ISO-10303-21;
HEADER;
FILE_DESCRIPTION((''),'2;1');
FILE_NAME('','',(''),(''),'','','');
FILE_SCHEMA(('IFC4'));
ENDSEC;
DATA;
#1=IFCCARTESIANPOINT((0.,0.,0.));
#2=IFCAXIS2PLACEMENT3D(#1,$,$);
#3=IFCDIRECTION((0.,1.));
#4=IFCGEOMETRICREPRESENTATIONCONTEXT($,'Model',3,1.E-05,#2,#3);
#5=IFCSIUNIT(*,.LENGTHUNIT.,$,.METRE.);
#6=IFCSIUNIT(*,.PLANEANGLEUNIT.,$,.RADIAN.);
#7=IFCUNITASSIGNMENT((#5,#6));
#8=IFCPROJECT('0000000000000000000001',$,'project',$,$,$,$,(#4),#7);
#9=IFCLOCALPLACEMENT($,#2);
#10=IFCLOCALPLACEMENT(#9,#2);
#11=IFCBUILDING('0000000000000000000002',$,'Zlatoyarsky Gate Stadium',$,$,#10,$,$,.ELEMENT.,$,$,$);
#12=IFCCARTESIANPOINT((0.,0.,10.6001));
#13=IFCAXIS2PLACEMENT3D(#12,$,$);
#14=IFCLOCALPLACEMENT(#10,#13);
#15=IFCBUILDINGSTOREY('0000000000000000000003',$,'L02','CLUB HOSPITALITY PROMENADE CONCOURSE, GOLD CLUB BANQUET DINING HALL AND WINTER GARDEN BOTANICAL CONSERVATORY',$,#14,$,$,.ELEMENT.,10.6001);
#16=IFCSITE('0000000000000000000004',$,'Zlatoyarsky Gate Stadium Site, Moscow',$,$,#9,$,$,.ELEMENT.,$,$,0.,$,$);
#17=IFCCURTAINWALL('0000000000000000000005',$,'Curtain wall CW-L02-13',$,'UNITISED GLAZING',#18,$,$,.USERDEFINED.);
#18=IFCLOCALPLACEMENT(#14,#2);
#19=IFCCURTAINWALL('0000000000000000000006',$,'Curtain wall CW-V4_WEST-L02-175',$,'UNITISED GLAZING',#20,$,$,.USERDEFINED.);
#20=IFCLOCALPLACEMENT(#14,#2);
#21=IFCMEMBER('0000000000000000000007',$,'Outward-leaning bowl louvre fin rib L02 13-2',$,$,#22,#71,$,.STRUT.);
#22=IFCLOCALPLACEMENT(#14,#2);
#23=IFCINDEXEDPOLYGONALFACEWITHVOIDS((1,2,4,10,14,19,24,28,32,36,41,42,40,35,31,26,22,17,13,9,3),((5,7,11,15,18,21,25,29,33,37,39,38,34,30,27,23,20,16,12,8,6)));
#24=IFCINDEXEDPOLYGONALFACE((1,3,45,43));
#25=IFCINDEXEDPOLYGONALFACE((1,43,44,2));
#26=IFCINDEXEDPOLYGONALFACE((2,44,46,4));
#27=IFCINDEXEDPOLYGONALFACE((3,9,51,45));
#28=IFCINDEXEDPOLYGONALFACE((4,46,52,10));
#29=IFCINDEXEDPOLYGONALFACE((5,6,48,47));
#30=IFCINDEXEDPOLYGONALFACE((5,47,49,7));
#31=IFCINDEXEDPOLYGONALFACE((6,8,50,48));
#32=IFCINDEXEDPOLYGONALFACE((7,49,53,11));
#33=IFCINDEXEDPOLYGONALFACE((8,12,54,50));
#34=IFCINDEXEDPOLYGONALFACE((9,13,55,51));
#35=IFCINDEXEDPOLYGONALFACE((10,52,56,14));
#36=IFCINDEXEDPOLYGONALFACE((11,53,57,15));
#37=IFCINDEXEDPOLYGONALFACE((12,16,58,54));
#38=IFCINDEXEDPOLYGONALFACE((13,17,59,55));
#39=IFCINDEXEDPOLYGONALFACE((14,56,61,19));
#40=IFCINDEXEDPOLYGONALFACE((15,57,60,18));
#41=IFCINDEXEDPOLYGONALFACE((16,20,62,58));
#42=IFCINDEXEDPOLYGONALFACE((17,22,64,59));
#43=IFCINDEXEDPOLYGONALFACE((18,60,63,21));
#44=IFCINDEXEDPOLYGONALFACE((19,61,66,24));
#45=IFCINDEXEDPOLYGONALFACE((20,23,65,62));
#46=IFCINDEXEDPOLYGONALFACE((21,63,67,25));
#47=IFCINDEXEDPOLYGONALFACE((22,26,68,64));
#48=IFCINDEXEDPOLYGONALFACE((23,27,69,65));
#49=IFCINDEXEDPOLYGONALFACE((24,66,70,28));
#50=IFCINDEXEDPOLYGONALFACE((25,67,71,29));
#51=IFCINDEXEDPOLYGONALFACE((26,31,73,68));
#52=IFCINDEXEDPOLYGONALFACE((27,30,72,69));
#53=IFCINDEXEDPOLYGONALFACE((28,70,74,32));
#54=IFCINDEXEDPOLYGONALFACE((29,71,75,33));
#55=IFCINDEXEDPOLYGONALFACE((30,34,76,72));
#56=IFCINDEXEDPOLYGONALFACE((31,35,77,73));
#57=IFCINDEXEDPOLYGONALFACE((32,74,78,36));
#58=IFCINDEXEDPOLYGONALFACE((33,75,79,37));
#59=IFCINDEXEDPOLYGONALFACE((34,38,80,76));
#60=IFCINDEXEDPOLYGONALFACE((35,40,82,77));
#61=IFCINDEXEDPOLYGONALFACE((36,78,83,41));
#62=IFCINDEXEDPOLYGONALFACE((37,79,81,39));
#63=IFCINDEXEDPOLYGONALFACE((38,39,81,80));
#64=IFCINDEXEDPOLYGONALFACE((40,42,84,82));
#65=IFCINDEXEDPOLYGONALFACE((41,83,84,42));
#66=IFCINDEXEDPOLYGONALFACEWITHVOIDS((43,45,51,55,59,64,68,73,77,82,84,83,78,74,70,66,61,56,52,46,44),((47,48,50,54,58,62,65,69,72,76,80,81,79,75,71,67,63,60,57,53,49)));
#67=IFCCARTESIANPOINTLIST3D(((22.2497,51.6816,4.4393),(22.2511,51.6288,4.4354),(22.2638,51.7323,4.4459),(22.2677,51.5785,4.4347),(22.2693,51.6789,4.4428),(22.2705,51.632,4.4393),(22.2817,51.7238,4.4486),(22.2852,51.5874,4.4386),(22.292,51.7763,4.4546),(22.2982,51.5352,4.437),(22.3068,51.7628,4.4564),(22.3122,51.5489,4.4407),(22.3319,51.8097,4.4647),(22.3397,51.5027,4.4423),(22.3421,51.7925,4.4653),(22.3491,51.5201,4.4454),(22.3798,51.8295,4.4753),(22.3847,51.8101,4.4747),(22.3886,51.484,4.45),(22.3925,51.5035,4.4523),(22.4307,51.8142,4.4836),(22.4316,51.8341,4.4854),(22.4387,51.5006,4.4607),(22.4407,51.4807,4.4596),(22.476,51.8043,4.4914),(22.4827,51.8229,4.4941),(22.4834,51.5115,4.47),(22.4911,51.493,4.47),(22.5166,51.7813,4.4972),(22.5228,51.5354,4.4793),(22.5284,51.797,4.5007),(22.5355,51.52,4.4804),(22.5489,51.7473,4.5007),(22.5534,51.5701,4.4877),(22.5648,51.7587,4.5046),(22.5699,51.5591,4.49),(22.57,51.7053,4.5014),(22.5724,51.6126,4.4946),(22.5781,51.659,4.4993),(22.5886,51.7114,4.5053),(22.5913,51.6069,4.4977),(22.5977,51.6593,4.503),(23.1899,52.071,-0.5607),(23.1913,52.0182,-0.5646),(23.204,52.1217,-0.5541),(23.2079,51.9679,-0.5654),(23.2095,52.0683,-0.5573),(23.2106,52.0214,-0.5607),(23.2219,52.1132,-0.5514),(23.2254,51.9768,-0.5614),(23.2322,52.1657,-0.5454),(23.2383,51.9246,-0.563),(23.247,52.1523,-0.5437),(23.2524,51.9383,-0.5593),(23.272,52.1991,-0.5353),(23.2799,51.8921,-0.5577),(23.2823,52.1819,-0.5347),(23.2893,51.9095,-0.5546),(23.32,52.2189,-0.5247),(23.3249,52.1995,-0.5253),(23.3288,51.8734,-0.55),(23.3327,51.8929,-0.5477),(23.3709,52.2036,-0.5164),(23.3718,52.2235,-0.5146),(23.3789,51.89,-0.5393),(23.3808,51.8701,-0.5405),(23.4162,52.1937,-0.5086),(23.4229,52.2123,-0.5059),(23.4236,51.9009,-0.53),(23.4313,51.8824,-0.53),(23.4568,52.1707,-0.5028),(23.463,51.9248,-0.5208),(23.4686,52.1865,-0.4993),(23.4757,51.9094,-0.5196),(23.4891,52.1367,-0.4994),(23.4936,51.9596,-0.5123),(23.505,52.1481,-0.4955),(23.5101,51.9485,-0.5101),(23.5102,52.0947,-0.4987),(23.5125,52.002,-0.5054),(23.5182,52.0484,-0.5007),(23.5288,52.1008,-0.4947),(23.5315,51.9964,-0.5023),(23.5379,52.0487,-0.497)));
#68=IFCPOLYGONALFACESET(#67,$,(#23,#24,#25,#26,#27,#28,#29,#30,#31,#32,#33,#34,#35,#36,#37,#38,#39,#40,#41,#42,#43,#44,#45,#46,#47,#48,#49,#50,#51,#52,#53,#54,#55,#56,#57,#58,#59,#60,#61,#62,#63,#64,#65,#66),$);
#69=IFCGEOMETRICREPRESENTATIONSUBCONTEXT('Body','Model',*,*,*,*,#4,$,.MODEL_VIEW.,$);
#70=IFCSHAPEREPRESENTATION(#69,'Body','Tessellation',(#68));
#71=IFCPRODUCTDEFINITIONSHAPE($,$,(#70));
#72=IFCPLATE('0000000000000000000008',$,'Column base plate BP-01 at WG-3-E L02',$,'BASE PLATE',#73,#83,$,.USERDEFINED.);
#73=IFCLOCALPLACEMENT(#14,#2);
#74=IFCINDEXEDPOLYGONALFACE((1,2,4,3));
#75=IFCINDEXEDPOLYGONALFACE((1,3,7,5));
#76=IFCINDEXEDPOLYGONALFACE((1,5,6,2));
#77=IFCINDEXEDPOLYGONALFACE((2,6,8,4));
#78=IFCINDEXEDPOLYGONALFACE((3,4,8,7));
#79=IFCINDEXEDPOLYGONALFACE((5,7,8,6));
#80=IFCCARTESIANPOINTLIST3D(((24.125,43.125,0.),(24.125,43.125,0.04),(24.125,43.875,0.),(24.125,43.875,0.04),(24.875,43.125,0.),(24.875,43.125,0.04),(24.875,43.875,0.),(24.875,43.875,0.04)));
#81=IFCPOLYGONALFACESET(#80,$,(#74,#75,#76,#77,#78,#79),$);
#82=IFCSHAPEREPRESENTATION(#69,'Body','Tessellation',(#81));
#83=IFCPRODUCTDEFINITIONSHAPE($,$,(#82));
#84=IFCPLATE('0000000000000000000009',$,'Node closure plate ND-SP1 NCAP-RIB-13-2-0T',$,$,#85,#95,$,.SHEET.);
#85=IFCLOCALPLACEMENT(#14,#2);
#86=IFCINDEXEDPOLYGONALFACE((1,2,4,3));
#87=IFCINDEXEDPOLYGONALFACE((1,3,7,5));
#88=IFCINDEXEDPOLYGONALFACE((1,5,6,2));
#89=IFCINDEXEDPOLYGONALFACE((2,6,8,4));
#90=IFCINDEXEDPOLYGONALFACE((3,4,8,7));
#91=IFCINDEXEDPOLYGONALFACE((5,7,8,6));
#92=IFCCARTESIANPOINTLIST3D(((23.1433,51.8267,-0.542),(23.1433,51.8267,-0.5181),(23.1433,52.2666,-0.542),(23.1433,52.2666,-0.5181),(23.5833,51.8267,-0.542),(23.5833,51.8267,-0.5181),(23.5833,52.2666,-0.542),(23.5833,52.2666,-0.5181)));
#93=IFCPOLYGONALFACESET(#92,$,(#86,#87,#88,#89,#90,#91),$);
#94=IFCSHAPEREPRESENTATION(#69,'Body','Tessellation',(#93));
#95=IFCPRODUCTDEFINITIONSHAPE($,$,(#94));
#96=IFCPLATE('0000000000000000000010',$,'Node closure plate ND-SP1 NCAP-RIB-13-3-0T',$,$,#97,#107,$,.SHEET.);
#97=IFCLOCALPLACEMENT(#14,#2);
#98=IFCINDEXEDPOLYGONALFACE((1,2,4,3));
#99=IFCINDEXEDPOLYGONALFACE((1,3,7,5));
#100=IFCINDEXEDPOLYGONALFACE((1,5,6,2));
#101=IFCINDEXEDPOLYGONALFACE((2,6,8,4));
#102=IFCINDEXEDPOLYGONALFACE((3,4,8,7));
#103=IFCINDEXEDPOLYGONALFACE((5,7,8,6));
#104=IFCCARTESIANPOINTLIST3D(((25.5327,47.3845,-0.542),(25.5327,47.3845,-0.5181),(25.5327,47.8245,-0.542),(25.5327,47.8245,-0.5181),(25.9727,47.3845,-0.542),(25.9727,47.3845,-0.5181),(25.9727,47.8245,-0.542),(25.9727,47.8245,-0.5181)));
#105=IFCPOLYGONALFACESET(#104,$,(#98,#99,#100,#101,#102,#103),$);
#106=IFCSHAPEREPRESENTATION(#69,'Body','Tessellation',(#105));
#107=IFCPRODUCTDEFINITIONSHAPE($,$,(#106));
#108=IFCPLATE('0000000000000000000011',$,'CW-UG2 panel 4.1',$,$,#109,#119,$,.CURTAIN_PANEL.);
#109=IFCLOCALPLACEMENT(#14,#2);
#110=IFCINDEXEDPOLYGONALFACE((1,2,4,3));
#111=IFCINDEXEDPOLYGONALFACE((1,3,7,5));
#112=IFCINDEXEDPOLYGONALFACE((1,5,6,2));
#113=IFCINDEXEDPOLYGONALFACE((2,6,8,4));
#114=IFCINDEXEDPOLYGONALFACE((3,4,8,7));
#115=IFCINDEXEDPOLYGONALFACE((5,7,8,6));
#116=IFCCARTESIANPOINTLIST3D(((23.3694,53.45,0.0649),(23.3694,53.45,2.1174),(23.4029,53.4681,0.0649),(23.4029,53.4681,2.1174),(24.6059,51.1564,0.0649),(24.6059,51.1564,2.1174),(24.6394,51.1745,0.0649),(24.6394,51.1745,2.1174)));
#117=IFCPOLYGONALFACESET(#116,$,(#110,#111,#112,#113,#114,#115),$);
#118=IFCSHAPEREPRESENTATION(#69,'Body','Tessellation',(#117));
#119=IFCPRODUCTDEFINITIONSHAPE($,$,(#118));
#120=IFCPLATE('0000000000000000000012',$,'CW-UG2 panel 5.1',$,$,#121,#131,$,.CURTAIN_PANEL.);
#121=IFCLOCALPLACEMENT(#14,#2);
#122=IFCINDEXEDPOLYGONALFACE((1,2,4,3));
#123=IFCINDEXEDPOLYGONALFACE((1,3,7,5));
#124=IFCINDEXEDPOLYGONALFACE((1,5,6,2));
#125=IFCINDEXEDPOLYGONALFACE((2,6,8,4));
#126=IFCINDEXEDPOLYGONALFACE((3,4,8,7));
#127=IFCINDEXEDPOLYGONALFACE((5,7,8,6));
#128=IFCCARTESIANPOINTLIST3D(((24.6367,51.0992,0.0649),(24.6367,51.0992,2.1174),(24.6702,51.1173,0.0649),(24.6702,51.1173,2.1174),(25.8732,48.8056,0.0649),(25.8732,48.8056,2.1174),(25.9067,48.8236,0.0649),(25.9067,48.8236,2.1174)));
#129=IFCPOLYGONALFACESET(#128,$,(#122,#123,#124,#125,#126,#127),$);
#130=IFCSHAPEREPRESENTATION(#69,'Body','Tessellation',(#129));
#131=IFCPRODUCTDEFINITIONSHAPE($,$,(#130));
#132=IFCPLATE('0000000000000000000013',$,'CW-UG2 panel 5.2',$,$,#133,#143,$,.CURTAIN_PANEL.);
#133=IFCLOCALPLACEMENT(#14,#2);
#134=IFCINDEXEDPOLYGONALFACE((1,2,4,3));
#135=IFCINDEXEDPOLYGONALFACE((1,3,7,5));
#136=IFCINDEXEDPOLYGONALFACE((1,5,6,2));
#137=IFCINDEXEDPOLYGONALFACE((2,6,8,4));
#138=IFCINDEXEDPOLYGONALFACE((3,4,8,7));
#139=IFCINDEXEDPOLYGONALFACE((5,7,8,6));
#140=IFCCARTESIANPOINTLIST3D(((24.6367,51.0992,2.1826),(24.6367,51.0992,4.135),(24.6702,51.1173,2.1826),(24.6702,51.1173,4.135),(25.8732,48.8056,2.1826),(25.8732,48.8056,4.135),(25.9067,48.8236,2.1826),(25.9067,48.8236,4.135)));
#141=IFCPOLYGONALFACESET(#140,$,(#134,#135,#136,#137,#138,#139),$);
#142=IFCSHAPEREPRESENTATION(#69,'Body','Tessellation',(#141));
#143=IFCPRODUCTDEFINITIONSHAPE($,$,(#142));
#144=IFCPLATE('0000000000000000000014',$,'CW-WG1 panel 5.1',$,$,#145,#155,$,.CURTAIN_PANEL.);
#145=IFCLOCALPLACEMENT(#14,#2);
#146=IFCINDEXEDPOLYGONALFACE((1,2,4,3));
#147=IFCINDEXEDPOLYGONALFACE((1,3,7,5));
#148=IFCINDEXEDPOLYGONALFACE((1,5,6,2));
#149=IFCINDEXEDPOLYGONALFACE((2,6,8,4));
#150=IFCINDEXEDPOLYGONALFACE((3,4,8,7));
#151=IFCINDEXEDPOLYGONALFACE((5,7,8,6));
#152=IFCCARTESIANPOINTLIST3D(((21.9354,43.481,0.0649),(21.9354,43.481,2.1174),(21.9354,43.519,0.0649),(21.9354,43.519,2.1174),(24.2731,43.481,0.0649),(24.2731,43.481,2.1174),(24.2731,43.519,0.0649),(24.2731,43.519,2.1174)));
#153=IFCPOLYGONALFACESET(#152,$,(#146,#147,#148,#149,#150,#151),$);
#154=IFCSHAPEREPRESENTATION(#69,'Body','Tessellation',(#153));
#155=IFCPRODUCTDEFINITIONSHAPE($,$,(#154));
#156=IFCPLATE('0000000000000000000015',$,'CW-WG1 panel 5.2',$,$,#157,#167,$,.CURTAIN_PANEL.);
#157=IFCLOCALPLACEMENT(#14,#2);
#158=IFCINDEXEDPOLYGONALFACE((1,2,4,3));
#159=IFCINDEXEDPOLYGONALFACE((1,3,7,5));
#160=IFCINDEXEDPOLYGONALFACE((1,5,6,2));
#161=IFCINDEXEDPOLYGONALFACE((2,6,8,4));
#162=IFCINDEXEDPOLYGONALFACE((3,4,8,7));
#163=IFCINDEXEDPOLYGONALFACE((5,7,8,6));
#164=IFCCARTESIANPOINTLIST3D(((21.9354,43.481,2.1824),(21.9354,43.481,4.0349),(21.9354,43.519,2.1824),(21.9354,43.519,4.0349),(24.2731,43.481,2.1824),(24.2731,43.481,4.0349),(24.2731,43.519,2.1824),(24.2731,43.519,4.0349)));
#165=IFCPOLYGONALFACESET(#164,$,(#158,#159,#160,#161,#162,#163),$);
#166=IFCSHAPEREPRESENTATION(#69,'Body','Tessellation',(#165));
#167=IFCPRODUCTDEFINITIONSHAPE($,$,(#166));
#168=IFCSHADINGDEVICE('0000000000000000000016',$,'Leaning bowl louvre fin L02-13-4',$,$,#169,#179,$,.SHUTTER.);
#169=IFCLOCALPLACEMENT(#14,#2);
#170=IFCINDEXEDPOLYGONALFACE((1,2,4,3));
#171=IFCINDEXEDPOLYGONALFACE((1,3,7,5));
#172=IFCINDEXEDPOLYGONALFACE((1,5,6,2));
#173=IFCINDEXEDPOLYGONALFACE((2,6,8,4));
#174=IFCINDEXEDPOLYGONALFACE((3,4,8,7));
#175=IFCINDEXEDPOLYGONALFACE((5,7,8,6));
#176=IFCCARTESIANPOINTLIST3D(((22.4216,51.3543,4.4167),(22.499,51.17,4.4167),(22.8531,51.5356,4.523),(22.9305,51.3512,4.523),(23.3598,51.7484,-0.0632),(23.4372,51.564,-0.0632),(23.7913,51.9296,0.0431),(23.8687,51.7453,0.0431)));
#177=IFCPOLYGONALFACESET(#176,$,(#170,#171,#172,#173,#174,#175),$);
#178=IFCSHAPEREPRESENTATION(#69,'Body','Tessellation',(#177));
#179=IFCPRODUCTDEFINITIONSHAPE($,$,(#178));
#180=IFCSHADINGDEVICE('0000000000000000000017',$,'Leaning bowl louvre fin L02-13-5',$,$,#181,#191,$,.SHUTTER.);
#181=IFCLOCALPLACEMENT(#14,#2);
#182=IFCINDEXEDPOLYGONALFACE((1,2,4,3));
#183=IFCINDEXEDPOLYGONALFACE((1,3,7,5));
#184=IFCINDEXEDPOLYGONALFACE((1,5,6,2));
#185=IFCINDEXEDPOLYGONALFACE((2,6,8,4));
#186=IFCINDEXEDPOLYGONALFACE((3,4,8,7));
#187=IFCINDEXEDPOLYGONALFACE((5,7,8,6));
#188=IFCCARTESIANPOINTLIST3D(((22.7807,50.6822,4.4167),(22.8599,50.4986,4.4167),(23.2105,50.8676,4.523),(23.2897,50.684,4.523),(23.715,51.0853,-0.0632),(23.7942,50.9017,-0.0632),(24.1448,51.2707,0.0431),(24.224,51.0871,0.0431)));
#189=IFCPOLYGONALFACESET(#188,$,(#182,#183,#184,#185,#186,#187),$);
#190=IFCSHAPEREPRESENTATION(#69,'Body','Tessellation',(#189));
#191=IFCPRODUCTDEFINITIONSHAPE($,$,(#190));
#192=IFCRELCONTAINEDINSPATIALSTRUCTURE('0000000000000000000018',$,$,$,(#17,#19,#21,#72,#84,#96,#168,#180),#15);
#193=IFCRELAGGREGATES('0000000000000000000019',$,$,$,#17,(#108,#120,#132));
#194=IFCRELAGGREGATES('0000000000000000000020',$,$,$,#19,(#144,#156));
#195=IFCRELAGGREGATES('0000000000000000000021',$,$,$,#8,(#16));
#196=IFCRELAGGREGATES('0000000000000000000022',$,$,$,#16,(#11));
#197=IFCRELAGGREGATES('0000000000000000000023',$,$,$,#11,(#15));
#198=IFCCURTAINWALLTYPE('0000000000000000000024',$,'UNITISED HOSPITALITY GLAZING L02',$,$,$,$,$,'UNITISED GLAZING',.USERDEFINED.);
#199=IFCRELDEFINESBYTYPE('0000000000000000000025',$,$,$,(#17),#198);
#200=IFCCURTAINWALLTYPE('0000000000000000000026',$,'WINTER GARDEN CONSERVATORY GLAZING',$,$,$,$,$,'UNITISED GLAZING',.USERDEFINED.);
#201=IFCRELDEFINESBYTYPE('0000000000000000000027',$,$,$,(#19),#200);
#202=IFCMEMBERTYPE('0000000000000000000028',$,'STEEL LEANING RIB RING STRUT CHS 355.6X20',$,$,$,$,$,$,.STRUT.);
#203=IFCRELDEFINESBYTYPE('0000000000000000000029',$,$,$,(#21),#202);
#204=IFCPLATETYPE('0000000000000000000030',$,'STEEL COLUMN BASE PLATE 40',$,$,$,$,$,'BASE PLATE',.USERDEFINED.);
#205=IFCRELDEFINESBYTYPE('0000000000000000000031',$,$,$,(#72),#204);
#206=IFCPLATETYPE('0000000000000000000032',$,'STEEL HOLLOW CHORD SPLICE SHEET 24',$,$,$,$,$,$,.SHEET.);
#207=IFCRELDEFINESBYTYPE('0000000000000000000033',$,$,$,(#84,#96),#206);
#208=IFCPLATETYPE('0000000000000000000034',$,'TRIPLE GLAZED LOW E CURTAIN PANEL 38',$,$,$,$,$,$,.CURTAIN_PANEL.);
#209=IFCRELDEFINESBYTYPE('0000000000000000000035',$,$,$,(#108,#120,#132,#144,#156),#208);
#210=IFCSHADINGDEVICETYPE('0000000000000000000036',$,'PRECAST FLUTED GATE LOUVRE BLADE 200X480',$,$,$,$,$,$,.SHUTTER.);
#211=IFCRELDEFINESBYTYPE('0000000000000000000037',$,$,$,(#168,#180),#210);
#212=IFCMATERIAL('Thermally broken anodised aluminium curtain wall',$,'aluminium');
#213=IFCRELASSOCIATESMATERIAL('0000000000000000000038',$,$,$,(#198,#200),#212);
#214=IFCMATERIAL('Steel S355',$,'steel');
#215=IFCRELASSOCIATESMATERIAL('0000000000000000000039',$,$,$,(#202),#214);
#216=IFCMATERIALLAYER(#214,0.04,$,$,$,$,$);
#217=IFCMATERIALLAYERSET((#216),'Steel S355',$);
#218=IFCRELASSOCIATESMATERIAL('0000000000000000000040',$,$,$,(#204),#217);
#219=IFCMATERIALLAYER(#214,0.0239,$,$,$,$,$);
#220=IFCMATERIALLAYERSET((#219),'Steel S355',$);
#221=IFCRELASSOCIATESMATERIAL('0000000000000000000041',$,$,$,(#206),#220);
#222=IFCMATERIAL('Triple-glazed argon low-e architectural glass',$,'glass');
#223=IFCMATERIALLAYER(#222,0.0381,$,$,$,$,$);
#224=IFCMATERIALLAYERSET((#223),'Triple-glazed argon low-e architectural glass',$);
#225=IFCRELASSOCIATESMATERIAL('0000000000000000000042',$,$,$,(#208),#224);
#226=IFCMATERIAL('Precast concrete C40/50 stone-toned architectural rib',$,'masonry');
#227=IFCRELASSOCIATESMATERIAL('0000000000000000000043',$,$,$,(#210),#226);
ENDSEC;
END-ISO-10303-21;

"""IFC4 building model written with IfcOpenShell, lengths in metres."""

from ifc_helpers import new_model, si_unit, direction, frame, origin, origin_2d, place, context, subcontext, project, spatial, rectangle, hollow_circle, extrude, material, layer, layer_set, material_profile, profile_set, type_object, element, aggregate, save


model = new_model("IFC4")

# Units and contexts
model_context = context("Model", 3, precision=1e-05, world=origin(), true_north=direction((0.0, 1.0)))
body_context = subcontext(model_context, "Body", "Model", "MODEL_VIEW")
ifc_project = project(units=[si_unit("LENGTHUNIT", "METRE"), si_unit("PLANEANGLEUNIT", "RADIAN")], contexts=[model_context])

# Site, building, storey
site_placement = place(None, origin())
site = spatial("IfcSite", under=ifc_project, at=site_placement, Name="Zlatoyarsky Gate Stadium Site, Moscow", CompositionType="ELEMENT", RefElevation=0.0)
building_placement = place(site_placement, origin())
building = spatial("IfcBuilding", under=site, at=building_placement, Name="Zlatoyarsky Gate Stadium", CompositionType="ELEMENT")
storey_placement = place(building_placement, frame((0.0, 0.0, 10.6001)))
storey = spatial("IfcBuildingStorey", under=building, at=storey_placement, Name="L02", Description="CLUB HOSPITALITY PROMENADE CONCOURSE, GOLD CLUB BANQUET DINING HALL AND WINTER GARDEN BOTANICAL CONSERVATORY", CompositionType="ELEMENT", Elevation=10.6001)

# Shared definitions
ifc_material_1 = material(Name="Steel S355", Category="steel")

# Curtain wall
ifc_material_2 = material(Name="Thermally broken anodised aluminium curtain wall", Category="aluminium")
curtain_wall_type_1 = type_object("IfcCurtainWallType", Name="UNITISED HOSPITALITY GLAZING L02", ElementType="UNITISED GLAZING", PredefinedType="USERDEFINED", material=ifc_material_2)
curtain_wall_1_placement = place(storey_placement, origin())
curtain_wall_1 = element("IfcCurtainWall", 1, at=curtain_wall_1_placement, inside=storey, type_object=curtain_wall_type_1, Name="Curtain wall CW-L02-13", ObjectType="UNITISED GLAZING", PredefinedType="USERDEFINED")

# Curtain wall
curtain_wall_type_2 = type_object("IfcCurtainWallType", Name="WINTER GARDEN CONSERVATORY GLAZING", ElementType="UNITISED GLAZING", PredefinedType="USERDEFINED", material=ifc_material_2)
curtain_wall_2_placement = place(storey_placement, origin())
curtain_wall_2 = element("IfcCurtainWall", 2, at=curtain_wall_2_placement, inside=storey, type_object=curtain_wall_type_2, Name="Curtain wall CW-V4_WEST-L02-175", ObjectType="UNITISED GLAZING", PredefinedType="USERDEFINED")

# Member
ifc_material_profile_1 = material_profile(ifc_material_1, hollow_circle(Radius=0.1777, WallThickness=0.02, at=origin_2d()), Name="CHS 355.6X20")
ifc_profile_set_1 = profile_set([ifc_material_profile_1], Name="Steel S355")
member_type_1 = type_object("IfcMemberType", Name="STEEL LEANING RIB RING STRUT CHS 355.6X20", PredefinedType="STRUT", material=ifc_profile_set_1)
member_1_placement = place(storey_placement, frame((23.3633, 52.0466, -0.53), z_axis=(-0.18426, -0.076316, 0.97991), x_axis=(0.382655, -0.923891, 0.0)))
element("IfcMember", 3, at=member_1_placement, inside=storey, type_object=member_type_1, Name="Outward-leaning bowl louvre fin rib L02 13-2", PredefinedType="STRUT", context=body_context, shape_type="SweptSolid", body=[
    extrude(hollow_circle(Radius=0.1777, WallThickness=0.02, at=origin_2d()), origin(), (0.0, 0.0, 1.0), 5.1025),
])

# Plates
ifc_layer_1 = layer(ifc_material_1, 0.04)
ifc_layer_set_1 = layer_set([ifc_layer_1], Name="Steel S355")
plate_type_1 = type_object("IfcPlateType", Name="STEEL COLUMN BASE PLATE 40", ElementType="BASE PLATE", PredefinedType="USERDEFINED", material=ifc_layer_set_1)
plate_1_placement = place(storey_placement, frame((24.5, 43.5, 0.0), z_axis=(0.0, 0.0, 1.0), x_axis=(1.0, 0.0, 0.0)))
element("IfcPlate", 4, at=plate_1_placement, inside=storey, type_object=plate_type_1, Name="Column base plate BP-01 at WG-3-E L02", ObjectType="BASE PLATE", PredefinedType="USERDEFINED", context=body_context, shape_type="SweptSolid", body=[
    extrude(rectangle(XDim=0.75, YDim=0.75, at=origin_2d()), origin(), (0.0, 0.0, 1.0), 0.04),
])
ifc_layer_2 = layer(ifc_material_1, 0.0239)
ifc_layer_set_2 = layer_set([ifc_layer_2], Name="Steel S355")
plate_type_2 = type_object("IfcPlateType", Name="STEEL HOLLOW CHORD SPLICE SHEET 24", PredefinedType="SHEET", material=ifc_layer_set_2)
for number, where, z_axis, x_axis, name in (
    (5, (23.3633, 52.0466, -0.542), (0.0, 0.0, 1.0), (1.0, 0.0, 0.0), "Node closure plate ND-SP1 NCAP-RIB-13-2-0T"),
    (6, (25.7527, 47.6045, -0.542), (0.0, 0.0, 1.0), (1.0, 0.0, 0.0), "Node closure plate ND-SP1 NCAP-RIB-13-3-0T"),
):
    element("IfcPlate", number, at=place(storey_placement, frame(where, z_axis=z_axis, x_axis=x_axis)), inside=storey, type_object=plate_type_2, Name=name, PredefinedType="SHEET", context=body_context, shape_type="SweptSolid", body=[
        extrude(rectangle(XDim=0.4399, YDim=0.4399, at=origin_2d()), origin(), (0.0, 0.0, 1.0), 0.0239),
    ])

# Plates
ifc_material_3 = material(Name="Triple-glazed argon low-e architectural glass", Category="glass")
ifc_layer_3 = layer(ifc_material_3, 0.0381)
ifc_layer_set_3 = layer_set([ifc_layer_3], Name="Triple-glazed argon low-e architectural glass")
plate_type_3 = type_object("IfcPlateType", Name="TRIPLE GLAZED LOW E CURTAIN PANEL 38", PredefinedType="CURTAIN_PANEL", material=ifc_layer_set_3)
plate_2_placement = place(storey_placement, frame((24.0044, 52.3123, 0.0649), z_axis=(0.0, 0.0, 1.0), x_axis=(0.474536, -0.880236, 0.0)))
plate_2 = element("IfcPlate", 7, at=plate_2_placement, type_object=plate_type_3, Name="CW-UG2 panel 4.1", PredefinedType="CURTAIN_PANEL", context=body_context, shape_type="SweptSolid", body=[
    extrude(rectangle(XDim=2.6057, YDim=0.0381, at=origin_2d()), origin(), (0.0, 0.0, 1.0), 2.0525),
])
plate_3_placement = place(storey_placement, frame((25.2717, 49.9614, 0.0649), z_axis=(0.0, 0.0, 1.0), x_axis=(0.474536, -0.880236, 0.0)))
plate_3 = element("IfcPlate", 8, at=plate_3_placement, type_object=plate_type_3, Name="CW-UG2 panel 5.1", PredefinedType="CURTAIN_PANEL", context=body_context, shape_type="SweptSolid", body=[
    extrude(rectangle(XDim=2.6057, YDim=0.0381, at=origin_2d()), origin(), (0.0, 0.0, 1.0), 2.0525),
])
plate_4_placement = place(storey_placement, frame((25.2717, 49.9614, 2.1826), z_axis=(0.0, 0.0, 1.0), x_axis=(0.474536, -0.880236, 0.0)))
plate_4 = element("IfcPlate", 9, at=plate_4_placement, type_object=plate_type_3, Name="CW-UG2 panel 5.2", PredefinedType="CURTAIN_PANEL", context=body_context, shape_type="SweptSolid", body=[
    extrude(rectangle(XDim=2.6057, YDim=0.0381, at=origin_2d()), origin(), (0.0, 0.0, 1.0), 1.9524),
])
aggregate(curtain_wall_1, [plate_2, plate_3, plate_4])
plate_5_placement = place(storey_placement, frame((23.1042, 43.5, 0.0649), z_axis=(0.0, 0.0, 1.0), x_axis=(1.0, 0.0, 0.0)))
plate_5 = element("IfcPlate", 10, at=plate_5_placement, type_object=plate_type_3, Name="CW-WG1 panel 5.1", PredefinedType="CURTAIN_PANEL", context=body_context, shape_type="SweptSolid", body=[
    extrude(rectangle(XDim=2.3376, YDim=0.0381, at=origin_2d()), origin(), (0.0, 0.0, 1.0), 2.0525),
])
plate_6_placement = place(storey_placement, frame((23.1042, 43.5, 2.1824), z_axis=(0.0, 0.0, 1.0), x_axis=(1.0, 0.0, 0.0)))
plate_6 = element("IfcPlate", 11, at=plate_6_placement, type_object=plate_type_3, Name="CW-WG1 panel 5.2", PredefinedType="CURTAIN_PANEL", context=body_context, shape_type="SweptSolid", body=[
    extrude(rectangle(XDim=2.3376, YDim=0.0381, at=origin_2d()), origin(), (0.0, 0.0, 1.0), 1.8525),
])
aggregate(curtain_wall_2, [plate_5, plate_6])

# Shading devices
ifc_material_4 = material(Name="Precast concrete C40/50 stone-toned architectural rib", Category="masonry")
ifc_material_profile_2 = material_profile(ifc_material_4, rectangle(XDim=0.2, YDim=0.48, at=origin_2d()), Name="RIB 200X480")
ifc_profile_set_2 = profile_set([ifc_material_profile_2], Name="Precast concrete C40/50 stone-toned architectural rib")
shading_device_type = type_object("IfcShadingDeviceType", Name="PRECAST FLUTED GATE LOUVRE BLADE 200X480", PredefinedType="SHUTTER", material=ifc_profile_set_2)
for number, where, z_axis, x_axis, name in (
    (12, (23.6143, 51.7468, -0.01), (-0.204225, -0.085771, 0.975159), (0.38722, -0.921987, 0.0), "Leaning bowl louvre fin L02-13-4"),
    (13, (23.9695, 51.0862, -0.01), (-0.203376, -0.087738, 0.975162), (0.396119, -0.918199, 0.0), "Leaning bowl louvre fin L02-13-5"),
):
    element("IfcShadingDevice", number, at=place(storey_placement, frame(where, z_axis=z_axis, x_axis=x_axis)), inside=storey, type_object=shading_device_type, Name=name, PredefinedType="SHUTTER", context=body_context, shape_type="SweptSolid", body=[
        extrude(rectangle(XDim=0.2, YDim=0.48, at=origin_2d()), origin(), (0.0, 0.0, 1.0), 4.594),
    ])

save(model, "model.ifc")
